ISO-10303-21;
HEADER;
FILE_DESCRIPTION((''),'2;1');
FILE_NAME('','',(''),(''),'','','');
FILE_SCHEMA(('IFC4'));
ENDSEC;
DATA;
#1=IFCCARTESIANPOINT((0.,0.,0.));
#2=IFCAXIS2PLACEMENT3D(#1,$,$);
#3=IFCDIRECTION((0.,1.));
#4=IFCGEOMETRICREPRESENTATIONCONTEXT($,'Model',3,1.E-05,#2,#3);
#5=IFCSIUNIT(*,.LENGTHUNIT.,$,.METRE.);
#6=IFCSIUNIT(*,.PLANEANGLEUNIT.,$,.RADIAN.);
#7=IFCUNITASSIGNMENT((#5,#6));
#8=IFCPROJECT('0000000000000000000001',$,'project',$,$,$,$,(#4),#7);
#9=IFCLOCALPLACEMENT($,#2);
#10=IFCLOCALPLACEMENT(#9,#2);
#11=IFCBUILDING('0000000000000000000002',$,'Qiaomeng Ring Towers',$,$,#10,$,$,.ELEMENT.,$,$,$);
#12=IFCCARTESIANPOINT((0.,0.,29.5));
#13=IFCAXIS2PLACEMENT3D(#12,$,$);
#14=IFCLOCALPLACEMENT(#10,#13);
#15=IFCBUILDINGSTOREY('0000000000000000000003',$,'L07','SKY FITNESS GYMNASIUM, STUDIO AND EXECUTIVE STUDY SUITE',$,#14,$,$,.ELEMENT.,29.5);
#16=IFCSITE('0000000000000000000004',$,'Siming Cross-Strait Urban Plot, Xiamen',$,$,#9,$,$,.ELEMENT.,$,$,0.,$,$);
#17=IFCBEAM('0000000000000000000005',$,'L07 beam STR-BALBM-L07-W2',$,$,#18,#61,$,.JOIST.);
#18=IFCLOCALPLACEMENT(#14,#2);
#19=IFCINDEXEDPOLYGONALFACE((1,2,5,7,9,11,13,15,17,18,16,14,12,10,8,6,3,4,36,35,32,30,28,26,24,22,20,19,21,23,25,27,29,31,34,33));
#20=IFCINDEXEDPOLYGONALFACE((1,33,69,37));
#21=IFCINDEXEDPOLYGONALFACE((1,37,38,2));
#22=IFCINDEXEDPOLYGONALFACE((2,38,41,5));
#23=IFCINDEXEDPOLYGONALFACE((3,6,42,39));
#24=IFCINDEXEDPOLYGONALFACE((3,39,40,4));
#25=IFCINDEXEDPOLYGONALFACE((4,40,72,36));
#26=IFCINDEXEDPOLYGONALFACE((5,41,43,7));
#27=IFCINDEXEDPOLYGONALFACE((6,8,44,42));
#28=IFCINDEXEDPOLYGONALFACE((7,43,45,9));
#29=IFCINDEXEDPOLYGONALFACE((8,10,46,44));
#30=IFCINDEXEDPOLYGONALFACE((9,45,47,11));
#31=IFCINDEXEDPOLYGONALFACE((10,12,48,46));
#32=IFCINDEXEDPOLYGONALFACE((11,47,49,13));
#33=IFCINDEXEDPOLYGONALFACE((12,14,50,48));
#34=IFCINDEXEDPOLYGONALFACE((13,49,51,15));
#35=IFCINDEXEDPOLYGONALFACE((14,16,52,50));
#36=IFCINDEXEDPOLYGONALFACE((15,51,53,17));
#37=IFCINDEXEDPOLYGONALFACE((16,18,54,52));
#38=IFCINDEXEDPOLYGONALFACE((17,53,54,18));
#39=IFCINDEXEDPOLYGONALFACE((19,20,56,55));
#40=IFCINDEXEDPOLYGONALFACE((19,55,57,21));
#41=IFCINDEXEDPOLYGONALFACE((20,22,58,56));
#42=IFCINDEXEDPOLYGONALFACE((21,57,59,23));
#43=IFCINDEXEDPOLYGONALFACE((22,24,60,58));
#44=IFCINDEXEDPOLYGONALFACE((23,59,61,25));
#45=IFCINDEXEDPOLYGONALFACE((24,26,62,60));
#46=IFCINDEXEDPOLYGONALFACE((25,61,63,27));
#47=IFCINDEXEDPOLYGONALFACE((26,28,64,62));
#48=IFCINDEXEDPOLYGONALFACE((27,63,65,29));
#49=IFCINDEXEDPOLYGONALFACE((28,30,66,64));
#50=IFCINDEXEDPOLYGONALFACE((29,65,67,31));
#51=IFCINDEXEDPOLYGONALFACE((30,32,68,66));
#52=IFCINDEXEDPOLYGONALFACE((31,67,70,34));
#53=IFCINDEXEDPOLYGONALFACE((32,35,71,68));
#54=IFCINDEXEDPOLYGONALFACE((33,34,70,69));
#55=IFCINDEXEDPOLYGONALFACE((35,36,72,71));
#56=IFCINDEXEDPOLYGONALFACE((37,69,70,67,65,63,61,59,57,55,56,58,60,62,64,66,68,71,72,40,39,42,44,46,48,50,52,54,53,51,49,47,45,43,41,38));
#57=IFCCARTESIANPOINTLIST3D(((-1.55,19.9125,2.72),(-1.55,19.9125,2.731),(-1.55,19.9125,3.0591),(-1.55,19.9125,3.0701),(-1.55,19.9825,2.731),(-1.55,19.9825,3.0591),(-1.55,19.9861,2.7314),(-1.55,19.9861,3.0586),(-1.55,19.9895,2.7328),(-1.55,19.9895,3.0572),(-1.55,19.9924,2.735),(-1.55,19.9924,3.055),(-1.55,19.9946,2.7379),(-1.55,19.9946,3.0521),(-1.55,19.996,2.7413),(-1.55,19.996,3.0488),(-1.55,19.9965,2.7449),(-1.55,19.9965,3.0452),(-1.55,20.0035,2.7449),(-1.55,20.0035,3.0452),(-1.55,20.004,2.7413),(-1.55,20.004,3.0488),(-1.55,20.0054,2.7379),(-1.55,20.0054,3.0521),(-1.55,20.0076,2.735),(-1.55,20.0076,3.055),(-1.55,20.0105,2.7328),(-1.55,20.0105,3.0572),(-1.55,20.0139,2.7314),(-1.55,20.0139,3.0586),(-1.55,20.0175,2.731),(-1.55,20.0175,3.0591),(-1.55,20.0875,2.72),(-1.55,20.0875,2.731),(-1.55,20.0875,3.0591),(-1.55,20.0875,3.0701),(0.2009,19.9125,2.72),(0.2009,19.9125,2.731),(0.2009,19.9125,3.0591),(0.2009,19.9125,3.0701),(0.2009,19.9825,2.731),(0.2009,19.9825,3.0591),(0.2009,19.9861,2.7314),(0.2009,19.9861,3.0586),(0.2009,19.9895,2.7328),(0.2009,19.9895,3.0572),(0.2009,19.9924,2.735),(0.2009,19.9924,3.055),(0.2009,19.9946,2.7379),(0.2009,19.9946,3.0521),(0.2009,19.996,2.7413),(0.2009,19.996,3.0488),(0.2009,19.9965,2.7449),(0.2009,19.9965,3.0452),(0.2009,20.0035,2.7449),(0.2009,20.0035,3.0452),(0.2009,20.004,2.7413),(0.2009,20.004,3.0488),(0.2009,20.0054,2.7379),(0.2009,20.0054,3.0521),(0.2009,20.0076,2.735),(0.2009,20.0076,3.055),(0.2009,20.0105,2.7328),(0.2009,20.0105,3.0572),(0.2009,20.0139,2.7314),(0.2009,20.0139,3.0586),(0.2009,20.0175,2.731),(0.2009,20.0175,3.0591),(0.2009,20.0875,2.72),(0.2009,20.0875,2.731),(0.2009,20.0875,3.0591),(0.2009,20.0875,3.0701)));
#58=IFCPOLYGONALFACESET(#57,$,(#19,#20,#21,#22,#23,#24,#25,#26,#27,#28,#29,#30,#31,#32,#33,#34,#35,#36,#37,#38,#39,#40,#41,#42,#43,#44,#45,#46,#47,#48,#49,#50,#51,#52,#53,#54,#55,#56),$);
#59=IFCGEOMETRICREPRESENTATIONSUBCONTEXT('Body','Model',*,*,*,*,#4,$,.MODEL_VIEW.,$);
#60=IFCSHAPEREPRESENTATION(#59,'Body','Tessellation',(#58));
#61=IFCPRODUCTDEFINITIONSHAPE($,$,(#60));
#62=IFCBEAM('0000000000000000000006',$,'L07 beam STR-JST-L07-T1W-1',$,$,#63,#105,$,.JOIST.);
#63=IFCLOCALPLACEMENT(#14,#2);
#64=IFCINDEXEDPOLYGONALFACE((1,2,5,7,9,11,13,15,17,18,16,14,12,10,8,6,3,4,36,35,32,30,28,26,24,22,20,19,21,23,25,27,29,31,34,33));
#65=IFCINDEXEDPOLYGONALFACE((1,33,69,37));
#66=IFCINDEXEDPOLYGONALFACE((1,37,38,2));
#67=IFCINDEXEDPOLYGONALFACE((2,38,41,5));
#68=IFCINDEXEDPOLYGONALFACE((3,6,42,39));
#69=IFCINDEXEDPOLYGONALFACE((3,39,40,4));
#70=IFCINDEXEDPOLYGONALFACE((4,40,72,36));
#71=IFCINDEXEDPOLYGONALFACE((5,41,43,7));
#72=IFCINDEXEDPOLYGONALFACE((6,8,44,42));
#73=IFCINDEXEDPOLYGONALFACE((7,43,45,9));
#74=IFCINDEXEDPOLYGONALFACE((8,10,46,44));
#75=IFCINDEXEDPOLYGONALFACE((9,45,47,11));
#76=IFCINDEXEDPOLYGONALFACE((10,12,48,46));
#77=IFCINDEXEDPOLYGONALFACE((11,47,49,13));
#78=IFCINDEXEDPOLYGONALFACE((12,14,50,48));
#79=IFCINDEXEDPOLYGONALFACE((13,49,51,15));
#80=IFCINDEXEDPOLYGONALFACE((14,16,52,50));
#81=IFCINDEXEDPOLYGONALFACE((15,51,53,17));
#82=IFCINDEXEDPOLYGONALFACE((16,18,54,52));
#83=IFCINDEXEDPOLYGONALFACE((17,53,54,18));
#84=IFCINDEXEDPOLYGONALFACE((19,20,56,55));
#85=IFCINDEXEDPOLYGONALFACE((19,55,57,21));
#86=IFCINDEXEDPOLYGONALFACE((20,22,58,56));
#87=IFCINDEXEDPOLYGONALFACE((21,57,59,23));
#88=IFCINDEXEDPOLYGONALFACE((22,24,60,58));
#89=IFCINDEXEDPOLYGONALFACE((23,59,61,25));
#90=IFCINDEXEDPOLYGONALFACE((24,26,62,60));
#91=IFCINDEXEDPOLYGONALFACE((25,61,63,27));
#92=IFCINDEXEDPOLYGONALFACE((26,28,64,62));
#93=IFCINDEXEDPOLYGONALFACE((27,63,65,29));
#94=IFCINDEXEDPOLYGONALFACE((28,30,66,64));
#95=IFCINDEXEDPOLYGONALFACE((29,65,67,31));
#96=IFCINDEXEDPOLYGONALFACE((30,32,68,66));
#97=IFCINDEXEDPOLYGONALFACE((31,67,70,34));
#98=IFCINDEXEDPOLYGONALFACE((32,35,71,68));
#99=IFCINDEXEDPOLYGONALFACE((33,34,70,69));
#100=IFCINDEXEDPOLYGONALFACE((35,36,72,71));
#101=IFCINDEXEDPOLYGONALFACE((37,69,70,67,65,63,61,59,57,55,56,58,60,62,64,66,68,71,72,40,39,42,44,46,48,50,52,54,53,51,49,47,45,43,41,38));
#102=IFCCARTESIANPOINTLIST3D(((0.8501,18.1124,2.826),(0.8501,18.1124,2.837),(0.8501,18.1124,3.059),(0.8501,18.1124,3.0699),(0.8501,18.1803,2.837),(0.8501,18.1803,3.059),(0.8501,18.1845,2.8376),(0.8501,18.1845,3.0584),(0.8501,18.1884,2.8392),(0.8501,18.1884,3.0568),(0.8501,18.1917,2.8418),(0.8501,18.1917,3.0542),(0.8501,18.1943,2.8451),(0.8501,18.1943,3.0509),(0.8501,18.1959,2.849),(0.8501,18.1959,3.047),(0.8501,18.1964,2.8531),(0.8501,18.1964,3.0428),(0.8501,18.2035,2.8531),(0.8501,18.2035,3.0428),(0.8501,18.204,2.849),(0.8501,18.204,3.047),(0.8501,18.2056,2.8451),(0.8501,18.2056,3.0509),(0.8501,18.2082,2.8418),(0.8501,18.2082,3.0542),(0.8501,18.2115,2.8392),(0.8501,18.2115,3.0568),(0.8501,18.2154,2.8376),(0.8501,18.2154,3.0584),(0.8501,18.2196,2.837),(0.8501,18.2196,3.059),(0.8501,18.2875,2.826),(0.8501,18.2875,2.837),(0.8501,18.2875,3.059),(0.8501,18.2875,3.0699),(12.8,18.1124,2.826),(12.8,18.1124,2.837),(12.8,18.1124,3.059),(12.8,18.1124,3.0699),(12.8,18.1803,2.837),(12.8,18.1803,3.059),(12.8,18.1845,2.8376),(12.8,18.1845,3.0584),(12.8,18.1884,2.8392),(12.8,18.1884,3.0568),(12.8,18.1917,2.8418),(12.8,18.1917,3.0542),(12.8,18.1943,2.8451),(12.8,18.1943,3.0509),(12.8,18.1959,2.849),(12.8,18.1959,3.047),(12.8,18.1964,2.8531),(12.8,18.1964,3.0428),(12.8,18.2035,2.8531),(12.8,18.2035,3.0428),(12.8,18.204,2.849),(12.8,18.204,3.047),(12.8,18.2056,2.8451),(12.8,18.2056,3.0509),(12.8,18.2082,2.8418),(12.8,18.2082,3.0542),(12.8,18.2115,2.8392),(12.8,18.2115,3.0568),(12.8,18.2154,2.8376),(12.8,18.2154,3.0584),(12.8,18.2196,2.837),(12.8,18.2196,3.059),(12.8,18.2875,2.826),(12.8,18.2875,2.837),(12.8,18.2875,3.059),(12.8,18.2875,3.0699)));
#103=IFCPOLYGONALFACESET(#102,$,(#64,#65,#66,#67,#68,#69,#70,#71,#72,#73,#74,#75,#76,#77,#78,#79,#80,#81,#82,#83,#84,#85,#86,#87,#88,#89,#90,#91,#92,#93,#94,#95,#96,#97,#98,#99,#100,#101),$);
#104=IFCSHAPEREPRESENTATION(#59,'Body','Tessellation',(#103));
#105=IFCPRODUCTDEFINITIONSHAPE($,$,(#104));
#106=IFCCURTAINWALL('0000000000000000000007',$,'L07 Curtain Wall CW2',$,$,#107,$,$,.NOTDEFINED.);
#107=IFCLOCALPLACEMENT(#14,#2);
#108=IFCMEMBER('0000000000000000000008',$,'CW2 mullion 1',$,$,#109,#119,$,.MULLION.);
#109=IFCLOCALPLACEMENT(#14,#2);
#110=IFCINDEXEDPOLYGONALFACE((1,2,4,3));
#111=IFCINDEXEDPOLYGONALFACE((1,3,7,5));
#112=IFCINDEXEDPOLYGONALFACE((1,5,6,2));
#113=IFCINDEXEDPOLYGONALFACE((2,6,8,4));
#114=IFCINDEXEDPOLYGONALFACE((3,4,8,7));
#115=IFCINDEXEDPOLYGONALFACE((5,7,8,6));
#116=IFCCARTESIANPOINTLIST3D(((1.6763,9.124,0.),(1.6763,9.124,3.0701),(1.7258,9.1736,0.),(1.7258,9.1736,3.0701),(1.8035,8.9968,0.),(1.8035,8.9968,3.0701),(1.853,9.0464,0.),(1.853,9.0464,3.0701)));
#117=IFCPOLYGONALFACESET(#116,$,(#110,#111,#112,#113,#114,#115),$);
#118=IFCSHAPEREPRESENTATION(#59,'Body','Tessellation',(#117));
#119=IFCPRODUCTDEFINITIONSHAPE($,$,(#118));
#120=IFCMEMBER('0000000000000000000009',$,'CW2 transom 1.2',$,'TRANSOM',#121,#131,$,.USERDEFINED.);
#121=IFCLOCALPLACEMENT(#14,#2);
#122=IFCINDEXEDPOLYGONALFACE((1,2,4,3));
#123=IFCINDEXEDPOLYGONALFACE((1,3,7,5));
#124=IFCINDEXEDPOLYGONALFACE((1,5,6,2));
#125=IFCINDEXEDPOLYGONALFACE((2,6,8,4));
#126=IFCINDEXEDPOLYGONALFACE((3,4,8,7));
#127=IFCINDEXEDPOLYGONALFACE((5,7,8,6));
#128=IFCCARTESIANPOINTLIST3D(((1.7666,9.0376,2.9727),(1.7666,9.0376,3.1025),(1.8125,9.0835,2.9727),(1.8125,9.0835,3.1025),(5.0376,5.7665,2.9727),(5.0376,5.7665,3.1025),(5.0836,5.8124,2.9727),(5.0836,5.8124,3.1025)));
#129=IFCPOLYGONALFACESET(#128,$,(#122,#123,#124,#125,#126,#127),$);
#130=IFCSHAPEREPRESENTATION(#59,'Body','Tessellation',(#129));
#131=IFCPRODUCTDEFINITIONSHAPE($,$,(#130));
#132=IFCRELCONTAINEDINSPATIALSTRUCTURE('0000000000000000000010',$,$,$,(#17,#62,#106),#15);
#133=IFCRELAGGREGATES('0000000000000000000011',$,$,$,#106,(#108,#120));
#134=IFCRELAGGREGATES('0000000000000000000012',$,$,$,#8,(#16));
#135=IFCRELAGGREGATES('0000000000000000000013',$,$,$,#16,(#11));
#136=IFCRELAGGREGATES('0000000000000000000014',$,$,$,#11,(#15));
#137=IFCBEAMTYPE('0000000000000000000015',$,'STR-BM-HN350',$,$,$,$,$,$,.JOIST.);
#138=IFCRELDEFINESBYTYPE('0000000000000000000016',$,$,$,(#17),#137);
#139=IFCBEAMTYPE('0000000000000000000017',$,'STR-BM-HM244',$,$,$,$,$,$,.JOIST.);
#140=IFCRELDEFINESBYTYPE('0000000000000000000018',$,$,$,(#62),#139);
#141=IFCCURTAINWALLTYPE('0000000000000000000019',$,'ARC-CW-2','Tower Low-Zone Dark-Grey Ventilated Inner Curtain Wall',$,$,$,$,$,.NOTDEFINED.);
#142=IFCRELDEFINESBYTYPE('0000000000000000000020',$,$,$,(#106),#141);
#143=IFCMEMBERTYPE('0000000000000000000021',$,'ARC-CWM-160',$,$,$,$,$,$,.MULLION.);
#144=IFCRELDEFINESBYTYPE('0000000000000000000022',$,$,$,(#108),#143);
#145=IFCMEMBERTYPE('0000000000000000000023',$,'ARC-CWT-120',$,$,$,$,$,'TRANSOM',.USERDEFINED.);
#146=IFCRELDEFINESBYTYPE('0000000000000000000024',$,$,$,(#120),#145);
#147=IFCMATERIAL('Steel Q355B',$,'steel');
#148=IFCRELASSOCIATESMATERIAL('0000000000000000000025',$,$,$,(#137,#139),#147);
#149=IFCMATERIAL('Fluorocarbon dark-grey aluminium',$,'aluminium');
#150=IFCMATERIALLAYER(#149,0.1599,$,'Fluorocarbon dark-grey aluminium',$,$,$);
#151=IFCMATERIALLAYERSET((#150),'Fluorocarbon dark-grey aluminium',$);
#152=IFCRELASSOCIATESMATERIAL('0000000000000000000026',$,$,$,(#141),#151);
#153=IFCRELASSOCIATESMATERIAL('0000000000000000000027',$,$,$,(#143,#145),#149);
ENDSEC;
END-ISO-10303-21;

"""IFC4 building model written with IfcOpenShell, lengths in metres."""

from ifc_helpers import new_model, si_unit, direction, frame, origin, origin_2d, place, context, subcontext, project, spatial, rectangle, i_section, extrude, source, transform, mapped, material, layer, layer_set, material_profile, profile_set, type_object, element, aggregate, save


model = new_model("IFC4")

# Units and contexts
model_context = context("Model", 3, precision=1e-05, world=origin(), true_north=direction((0.0, 1.0)))
body_context = subcontext(model_context, "Body", "Model", "MODEL_VIEW")
ifc_project = project(units=[si_unit("LENGTHUNIT", "METRE"), si_unit("PLANEANGLEUNIT", "RADIAN")], contexts=[model_context])

# Site, building, storey
site_placement = place(None, origin())
site = spatial("IfcSite", under=ifc_project, at=site_placement, Name="Siming Cross-Strait Urban Plot, Xiamen", CompositionType="ELEMENT", RefElevation=0.0)
building_placement = place(site_placement, origin())
building = spatial("IfcBuilding", under=site, at=building_placement, Name="Qiaomeng Ring Towers", CompositionType="ELEMENT")
storey_placement = place(building_placement, frame((0.0, 0.0, 29.5)))
storey = spatial("IfcBuildingStorey", under=building, at=storey_placement, Name="L07", Description="SKY FITNESS GYMNASIUM, STUDIO AND EXECUTIVE STUDY SUITE", CompositionType="ELEMENT", Elevation=29.5)

# Beams
ifc_material_1 = material(Name="Steel Q355B", Category="steel")
ifc_material_profile_1 = material_profile(ifc_material_1, i_section(OverallWidth=0.175, OverallDepth=0.3501, WebThickness=0.0071, FlangeThickness=0.011, FilletRadius=0.0139, at=origin_2d()), Name="HN 350x175x7x11")
ifc_profile_set_1 = profile_set([ifc_material_profile_1], Name="Steel Q355B")
beam_type_1 = type_object("IfcBeamType", Name="STR-BM-HN350", PredefinedType="JOIST", material=ifc_profile_set_1)
shared_shape_1 = source(origin(), body_context, "Body", "SweptSolid", [
    extrude(i_section(OverallWidth=0.175, OverallDepth=0.3501, WebThickness=0.0071, FlangeThickness=0.011, FilletRadius=0.0139, at=origin_2d()), origin(), (0.0, 0.0, 1.0), 1.751),
])
beam_1_placement = place(storey_placement, frame((-1.55, 20.0, 2.895), z_axis=(1.0, 0.0, 0.0), x_axis=(0.0, 1.0, 0.0)))
element("IfcBeam", 1, at=beam_1_placement, inside=storey, type_object=beam_type_1, Name="L07 beam STR-BALBM-L07-W2", PredefinedType="JOIST", context=body_context, shape_type="MappedRepresentation", body=[
    mapped(shared_shape_1, transform((0.0, 0.0, 0.0), x_axis=(1.0, 0.0, 0.0), y_axis=(0.0, 1.0, 0.0), z_axis=(0.0, 0.0, 1.0), scale=1.0)),
])
ifc_material_profile_2 = material_profile(ifc_material_1, i_section(OverallWidth=0.175, OverallDepth=0.2439, WebThickness=0.0071, FlangeThickness=0.011, FilletRadius=0.0161, at=origin_2d()), Name="HM 244x175x7x11")
ifc_profile_set_2 = profile_set([ifc_material_profile_2], Name="Steel Q355B")
beam_type_2 = type_object("IfcBeamType", Name="STR-BM-HM244", PredefinedType="JOIST", material=ifc_profile_set_2)
shared_shape_2 = source(origin(), body_context, "Body", "SweptSolid", [
    extrude(i_section(OverallWidth=0.175, OverallDepth=0.2439, WebThickness=0.0071, FlangeThickness=0.011, FilletRadius=0.0161, at=origin_2d()), origin(), (0.0, 0.0, 1.0), 11.95),
])
beam_2_placement = place(storey_placement, frame((0.8501, 18.2, 2.948), z_axis=(1.0, 0.0, 0.0), x_axis=(0.0, 1.0, 0.0)))
element("IfcBeam", 2, at=beam_2_placement, inside=storey, type_object=beam_type_2, Name="L07 beam STR-JST-L07-T1W-1", PredefinedType="JOIST", context=body_context, shape_type="MappedRepresentation", body=[
    mapped(shared_shape_2, transform((0.0, 0.0, 0.0), x_axis=(1.0, 0.0, 0.0), y_axis=(0.0, 1.0, 0.0), z_axis=(0.0, 0.0, 1.0), scale=1.0)),
])

# Curtain wall, members
ifc_material_2 = material(Name="Fluorocarbon dark-grey aluminium", Category="aluminium")
ifc_layer_1 = layer(ifc_material_2, 0.1599, Name="Fluorocarbon dark-grey aluminium")
ifc_layer_set_1 = layer_set([ifc_layer_1], Name="Fluorocarbon dark-grey aluminium")
curtain_wall_type = type_object("IfcCurtainWallType", Name="ARC-CW-2", Description="Tower Low-Zone Dark-Grey Ventilated Inner Curtain Wall", PredefinedType="NOTDEFINED", material=ifc_layer_set_1)
curtain_wall_placement = place(storey_placement, origin())
curtain_wall = element("IfcCurtainWall", 3, at=curtain_wall_placement, inside=storey, type_object=curtain_wall_type, Name="L07 Curtain Wall CW2", PredefinedType="NOTDEFINED")
ifc_material_profile_3 = material_profile(ifc_material_2, rectangle(XDim=0.0701, YDim=0.1799, at=origin_2d()), Name="ALU MULL 70x180")
ifc_profile_set_3 = profile_set([ifc_material_profile_3], Name="Fluorocarbon dark-grey aluminium")
member_type_1 = type_object("IfcMemberType", Name="ARC-CWM-160", PredefinedType="MULLION", material=ifc_profile_set_3)
shared_shape_3 = source(origin(), body_context, "Body", "SweptSolid", [
    extrude(rectangle(XDim=0.0701, YDim=0.1799, at=origin_2d()), origin(), (0.0, 0.0, 1.0), 3.0701),
])
member_1_placement = place(storey_placement, frame((1.7646, 9.0852, 0.0), z_axis=(0.0, 0.0, 1.0), x_axis=(0.707107, 0.707107, 0.0)))
member_1 = element("IfcMember", 4, at=member_1_placement, type_object=member_type_1, Name="CW2 mullion 1", PredefinedType="MULLION", context=body_context, shape_type="MappedRepresentation", body=[
    mapped(shared_shape_3, transform((0.0, 0.0, 0.0), x_axis=(1.0, 0.0, 0.0), y_axis=(0.0, 1.0, 0.0), z_axis=(0.0, 0.0, 1.0), scale=1.0)),
])
ifc_material_profile_4 = material_profile(ifc_material_2, rectangle(XDim=0.0649, YDim=0.1299, at=origin_2d()), Name="ALU TRAN 65x130")
ifc_profile_set_4 = profile_set([ifc_material_profile_4], Name="Fluorocarbon dark-grey aluminium")
member_type_2 = type_object("IfcMemberType", Name="ARC-CWT-120", ElementType="TRANSOM", PredefinedType="USERDEFINED", material=ifc_profile_set_4)
shared_shape_4 = source(origin(), body_context, "Body", "SweptSolid", [
    extrude(rectangle(XDim=0.0649, YDim=0.1299, at=origin_2d()), origin(), (0.0, 0.0, 1.0), 4.626),
])
member_2_placement = place(storey_placement, frame((1.7896, 9.0605, 3.0376), z_axis=(0.707107, -0.707107, 0.0), x_axis=(0.707107, 0.707107, 0.0)))
member_2 = element("IfcMember", 5, at=member_2_placement, type_object=member_type_2, Name="CW2 transom 1.2", ObjectType="TRANSOM", PredefinedType="USERDEFINED", context=body_context, shape_type="MappedRepresentation", body=[
    mapped(shared_shape_4, transform((0.0, 0.0, 0.0), x_axis=(1.0, 0.0, 0.0), y_axis=(0.0, 1.0, 0.0), z_axis=(0.0, 0.0, 1.0), scale=1.0)),
])
aggregate(curtain_wall, [member_1, member_2])

save(model, "model.ifc")
